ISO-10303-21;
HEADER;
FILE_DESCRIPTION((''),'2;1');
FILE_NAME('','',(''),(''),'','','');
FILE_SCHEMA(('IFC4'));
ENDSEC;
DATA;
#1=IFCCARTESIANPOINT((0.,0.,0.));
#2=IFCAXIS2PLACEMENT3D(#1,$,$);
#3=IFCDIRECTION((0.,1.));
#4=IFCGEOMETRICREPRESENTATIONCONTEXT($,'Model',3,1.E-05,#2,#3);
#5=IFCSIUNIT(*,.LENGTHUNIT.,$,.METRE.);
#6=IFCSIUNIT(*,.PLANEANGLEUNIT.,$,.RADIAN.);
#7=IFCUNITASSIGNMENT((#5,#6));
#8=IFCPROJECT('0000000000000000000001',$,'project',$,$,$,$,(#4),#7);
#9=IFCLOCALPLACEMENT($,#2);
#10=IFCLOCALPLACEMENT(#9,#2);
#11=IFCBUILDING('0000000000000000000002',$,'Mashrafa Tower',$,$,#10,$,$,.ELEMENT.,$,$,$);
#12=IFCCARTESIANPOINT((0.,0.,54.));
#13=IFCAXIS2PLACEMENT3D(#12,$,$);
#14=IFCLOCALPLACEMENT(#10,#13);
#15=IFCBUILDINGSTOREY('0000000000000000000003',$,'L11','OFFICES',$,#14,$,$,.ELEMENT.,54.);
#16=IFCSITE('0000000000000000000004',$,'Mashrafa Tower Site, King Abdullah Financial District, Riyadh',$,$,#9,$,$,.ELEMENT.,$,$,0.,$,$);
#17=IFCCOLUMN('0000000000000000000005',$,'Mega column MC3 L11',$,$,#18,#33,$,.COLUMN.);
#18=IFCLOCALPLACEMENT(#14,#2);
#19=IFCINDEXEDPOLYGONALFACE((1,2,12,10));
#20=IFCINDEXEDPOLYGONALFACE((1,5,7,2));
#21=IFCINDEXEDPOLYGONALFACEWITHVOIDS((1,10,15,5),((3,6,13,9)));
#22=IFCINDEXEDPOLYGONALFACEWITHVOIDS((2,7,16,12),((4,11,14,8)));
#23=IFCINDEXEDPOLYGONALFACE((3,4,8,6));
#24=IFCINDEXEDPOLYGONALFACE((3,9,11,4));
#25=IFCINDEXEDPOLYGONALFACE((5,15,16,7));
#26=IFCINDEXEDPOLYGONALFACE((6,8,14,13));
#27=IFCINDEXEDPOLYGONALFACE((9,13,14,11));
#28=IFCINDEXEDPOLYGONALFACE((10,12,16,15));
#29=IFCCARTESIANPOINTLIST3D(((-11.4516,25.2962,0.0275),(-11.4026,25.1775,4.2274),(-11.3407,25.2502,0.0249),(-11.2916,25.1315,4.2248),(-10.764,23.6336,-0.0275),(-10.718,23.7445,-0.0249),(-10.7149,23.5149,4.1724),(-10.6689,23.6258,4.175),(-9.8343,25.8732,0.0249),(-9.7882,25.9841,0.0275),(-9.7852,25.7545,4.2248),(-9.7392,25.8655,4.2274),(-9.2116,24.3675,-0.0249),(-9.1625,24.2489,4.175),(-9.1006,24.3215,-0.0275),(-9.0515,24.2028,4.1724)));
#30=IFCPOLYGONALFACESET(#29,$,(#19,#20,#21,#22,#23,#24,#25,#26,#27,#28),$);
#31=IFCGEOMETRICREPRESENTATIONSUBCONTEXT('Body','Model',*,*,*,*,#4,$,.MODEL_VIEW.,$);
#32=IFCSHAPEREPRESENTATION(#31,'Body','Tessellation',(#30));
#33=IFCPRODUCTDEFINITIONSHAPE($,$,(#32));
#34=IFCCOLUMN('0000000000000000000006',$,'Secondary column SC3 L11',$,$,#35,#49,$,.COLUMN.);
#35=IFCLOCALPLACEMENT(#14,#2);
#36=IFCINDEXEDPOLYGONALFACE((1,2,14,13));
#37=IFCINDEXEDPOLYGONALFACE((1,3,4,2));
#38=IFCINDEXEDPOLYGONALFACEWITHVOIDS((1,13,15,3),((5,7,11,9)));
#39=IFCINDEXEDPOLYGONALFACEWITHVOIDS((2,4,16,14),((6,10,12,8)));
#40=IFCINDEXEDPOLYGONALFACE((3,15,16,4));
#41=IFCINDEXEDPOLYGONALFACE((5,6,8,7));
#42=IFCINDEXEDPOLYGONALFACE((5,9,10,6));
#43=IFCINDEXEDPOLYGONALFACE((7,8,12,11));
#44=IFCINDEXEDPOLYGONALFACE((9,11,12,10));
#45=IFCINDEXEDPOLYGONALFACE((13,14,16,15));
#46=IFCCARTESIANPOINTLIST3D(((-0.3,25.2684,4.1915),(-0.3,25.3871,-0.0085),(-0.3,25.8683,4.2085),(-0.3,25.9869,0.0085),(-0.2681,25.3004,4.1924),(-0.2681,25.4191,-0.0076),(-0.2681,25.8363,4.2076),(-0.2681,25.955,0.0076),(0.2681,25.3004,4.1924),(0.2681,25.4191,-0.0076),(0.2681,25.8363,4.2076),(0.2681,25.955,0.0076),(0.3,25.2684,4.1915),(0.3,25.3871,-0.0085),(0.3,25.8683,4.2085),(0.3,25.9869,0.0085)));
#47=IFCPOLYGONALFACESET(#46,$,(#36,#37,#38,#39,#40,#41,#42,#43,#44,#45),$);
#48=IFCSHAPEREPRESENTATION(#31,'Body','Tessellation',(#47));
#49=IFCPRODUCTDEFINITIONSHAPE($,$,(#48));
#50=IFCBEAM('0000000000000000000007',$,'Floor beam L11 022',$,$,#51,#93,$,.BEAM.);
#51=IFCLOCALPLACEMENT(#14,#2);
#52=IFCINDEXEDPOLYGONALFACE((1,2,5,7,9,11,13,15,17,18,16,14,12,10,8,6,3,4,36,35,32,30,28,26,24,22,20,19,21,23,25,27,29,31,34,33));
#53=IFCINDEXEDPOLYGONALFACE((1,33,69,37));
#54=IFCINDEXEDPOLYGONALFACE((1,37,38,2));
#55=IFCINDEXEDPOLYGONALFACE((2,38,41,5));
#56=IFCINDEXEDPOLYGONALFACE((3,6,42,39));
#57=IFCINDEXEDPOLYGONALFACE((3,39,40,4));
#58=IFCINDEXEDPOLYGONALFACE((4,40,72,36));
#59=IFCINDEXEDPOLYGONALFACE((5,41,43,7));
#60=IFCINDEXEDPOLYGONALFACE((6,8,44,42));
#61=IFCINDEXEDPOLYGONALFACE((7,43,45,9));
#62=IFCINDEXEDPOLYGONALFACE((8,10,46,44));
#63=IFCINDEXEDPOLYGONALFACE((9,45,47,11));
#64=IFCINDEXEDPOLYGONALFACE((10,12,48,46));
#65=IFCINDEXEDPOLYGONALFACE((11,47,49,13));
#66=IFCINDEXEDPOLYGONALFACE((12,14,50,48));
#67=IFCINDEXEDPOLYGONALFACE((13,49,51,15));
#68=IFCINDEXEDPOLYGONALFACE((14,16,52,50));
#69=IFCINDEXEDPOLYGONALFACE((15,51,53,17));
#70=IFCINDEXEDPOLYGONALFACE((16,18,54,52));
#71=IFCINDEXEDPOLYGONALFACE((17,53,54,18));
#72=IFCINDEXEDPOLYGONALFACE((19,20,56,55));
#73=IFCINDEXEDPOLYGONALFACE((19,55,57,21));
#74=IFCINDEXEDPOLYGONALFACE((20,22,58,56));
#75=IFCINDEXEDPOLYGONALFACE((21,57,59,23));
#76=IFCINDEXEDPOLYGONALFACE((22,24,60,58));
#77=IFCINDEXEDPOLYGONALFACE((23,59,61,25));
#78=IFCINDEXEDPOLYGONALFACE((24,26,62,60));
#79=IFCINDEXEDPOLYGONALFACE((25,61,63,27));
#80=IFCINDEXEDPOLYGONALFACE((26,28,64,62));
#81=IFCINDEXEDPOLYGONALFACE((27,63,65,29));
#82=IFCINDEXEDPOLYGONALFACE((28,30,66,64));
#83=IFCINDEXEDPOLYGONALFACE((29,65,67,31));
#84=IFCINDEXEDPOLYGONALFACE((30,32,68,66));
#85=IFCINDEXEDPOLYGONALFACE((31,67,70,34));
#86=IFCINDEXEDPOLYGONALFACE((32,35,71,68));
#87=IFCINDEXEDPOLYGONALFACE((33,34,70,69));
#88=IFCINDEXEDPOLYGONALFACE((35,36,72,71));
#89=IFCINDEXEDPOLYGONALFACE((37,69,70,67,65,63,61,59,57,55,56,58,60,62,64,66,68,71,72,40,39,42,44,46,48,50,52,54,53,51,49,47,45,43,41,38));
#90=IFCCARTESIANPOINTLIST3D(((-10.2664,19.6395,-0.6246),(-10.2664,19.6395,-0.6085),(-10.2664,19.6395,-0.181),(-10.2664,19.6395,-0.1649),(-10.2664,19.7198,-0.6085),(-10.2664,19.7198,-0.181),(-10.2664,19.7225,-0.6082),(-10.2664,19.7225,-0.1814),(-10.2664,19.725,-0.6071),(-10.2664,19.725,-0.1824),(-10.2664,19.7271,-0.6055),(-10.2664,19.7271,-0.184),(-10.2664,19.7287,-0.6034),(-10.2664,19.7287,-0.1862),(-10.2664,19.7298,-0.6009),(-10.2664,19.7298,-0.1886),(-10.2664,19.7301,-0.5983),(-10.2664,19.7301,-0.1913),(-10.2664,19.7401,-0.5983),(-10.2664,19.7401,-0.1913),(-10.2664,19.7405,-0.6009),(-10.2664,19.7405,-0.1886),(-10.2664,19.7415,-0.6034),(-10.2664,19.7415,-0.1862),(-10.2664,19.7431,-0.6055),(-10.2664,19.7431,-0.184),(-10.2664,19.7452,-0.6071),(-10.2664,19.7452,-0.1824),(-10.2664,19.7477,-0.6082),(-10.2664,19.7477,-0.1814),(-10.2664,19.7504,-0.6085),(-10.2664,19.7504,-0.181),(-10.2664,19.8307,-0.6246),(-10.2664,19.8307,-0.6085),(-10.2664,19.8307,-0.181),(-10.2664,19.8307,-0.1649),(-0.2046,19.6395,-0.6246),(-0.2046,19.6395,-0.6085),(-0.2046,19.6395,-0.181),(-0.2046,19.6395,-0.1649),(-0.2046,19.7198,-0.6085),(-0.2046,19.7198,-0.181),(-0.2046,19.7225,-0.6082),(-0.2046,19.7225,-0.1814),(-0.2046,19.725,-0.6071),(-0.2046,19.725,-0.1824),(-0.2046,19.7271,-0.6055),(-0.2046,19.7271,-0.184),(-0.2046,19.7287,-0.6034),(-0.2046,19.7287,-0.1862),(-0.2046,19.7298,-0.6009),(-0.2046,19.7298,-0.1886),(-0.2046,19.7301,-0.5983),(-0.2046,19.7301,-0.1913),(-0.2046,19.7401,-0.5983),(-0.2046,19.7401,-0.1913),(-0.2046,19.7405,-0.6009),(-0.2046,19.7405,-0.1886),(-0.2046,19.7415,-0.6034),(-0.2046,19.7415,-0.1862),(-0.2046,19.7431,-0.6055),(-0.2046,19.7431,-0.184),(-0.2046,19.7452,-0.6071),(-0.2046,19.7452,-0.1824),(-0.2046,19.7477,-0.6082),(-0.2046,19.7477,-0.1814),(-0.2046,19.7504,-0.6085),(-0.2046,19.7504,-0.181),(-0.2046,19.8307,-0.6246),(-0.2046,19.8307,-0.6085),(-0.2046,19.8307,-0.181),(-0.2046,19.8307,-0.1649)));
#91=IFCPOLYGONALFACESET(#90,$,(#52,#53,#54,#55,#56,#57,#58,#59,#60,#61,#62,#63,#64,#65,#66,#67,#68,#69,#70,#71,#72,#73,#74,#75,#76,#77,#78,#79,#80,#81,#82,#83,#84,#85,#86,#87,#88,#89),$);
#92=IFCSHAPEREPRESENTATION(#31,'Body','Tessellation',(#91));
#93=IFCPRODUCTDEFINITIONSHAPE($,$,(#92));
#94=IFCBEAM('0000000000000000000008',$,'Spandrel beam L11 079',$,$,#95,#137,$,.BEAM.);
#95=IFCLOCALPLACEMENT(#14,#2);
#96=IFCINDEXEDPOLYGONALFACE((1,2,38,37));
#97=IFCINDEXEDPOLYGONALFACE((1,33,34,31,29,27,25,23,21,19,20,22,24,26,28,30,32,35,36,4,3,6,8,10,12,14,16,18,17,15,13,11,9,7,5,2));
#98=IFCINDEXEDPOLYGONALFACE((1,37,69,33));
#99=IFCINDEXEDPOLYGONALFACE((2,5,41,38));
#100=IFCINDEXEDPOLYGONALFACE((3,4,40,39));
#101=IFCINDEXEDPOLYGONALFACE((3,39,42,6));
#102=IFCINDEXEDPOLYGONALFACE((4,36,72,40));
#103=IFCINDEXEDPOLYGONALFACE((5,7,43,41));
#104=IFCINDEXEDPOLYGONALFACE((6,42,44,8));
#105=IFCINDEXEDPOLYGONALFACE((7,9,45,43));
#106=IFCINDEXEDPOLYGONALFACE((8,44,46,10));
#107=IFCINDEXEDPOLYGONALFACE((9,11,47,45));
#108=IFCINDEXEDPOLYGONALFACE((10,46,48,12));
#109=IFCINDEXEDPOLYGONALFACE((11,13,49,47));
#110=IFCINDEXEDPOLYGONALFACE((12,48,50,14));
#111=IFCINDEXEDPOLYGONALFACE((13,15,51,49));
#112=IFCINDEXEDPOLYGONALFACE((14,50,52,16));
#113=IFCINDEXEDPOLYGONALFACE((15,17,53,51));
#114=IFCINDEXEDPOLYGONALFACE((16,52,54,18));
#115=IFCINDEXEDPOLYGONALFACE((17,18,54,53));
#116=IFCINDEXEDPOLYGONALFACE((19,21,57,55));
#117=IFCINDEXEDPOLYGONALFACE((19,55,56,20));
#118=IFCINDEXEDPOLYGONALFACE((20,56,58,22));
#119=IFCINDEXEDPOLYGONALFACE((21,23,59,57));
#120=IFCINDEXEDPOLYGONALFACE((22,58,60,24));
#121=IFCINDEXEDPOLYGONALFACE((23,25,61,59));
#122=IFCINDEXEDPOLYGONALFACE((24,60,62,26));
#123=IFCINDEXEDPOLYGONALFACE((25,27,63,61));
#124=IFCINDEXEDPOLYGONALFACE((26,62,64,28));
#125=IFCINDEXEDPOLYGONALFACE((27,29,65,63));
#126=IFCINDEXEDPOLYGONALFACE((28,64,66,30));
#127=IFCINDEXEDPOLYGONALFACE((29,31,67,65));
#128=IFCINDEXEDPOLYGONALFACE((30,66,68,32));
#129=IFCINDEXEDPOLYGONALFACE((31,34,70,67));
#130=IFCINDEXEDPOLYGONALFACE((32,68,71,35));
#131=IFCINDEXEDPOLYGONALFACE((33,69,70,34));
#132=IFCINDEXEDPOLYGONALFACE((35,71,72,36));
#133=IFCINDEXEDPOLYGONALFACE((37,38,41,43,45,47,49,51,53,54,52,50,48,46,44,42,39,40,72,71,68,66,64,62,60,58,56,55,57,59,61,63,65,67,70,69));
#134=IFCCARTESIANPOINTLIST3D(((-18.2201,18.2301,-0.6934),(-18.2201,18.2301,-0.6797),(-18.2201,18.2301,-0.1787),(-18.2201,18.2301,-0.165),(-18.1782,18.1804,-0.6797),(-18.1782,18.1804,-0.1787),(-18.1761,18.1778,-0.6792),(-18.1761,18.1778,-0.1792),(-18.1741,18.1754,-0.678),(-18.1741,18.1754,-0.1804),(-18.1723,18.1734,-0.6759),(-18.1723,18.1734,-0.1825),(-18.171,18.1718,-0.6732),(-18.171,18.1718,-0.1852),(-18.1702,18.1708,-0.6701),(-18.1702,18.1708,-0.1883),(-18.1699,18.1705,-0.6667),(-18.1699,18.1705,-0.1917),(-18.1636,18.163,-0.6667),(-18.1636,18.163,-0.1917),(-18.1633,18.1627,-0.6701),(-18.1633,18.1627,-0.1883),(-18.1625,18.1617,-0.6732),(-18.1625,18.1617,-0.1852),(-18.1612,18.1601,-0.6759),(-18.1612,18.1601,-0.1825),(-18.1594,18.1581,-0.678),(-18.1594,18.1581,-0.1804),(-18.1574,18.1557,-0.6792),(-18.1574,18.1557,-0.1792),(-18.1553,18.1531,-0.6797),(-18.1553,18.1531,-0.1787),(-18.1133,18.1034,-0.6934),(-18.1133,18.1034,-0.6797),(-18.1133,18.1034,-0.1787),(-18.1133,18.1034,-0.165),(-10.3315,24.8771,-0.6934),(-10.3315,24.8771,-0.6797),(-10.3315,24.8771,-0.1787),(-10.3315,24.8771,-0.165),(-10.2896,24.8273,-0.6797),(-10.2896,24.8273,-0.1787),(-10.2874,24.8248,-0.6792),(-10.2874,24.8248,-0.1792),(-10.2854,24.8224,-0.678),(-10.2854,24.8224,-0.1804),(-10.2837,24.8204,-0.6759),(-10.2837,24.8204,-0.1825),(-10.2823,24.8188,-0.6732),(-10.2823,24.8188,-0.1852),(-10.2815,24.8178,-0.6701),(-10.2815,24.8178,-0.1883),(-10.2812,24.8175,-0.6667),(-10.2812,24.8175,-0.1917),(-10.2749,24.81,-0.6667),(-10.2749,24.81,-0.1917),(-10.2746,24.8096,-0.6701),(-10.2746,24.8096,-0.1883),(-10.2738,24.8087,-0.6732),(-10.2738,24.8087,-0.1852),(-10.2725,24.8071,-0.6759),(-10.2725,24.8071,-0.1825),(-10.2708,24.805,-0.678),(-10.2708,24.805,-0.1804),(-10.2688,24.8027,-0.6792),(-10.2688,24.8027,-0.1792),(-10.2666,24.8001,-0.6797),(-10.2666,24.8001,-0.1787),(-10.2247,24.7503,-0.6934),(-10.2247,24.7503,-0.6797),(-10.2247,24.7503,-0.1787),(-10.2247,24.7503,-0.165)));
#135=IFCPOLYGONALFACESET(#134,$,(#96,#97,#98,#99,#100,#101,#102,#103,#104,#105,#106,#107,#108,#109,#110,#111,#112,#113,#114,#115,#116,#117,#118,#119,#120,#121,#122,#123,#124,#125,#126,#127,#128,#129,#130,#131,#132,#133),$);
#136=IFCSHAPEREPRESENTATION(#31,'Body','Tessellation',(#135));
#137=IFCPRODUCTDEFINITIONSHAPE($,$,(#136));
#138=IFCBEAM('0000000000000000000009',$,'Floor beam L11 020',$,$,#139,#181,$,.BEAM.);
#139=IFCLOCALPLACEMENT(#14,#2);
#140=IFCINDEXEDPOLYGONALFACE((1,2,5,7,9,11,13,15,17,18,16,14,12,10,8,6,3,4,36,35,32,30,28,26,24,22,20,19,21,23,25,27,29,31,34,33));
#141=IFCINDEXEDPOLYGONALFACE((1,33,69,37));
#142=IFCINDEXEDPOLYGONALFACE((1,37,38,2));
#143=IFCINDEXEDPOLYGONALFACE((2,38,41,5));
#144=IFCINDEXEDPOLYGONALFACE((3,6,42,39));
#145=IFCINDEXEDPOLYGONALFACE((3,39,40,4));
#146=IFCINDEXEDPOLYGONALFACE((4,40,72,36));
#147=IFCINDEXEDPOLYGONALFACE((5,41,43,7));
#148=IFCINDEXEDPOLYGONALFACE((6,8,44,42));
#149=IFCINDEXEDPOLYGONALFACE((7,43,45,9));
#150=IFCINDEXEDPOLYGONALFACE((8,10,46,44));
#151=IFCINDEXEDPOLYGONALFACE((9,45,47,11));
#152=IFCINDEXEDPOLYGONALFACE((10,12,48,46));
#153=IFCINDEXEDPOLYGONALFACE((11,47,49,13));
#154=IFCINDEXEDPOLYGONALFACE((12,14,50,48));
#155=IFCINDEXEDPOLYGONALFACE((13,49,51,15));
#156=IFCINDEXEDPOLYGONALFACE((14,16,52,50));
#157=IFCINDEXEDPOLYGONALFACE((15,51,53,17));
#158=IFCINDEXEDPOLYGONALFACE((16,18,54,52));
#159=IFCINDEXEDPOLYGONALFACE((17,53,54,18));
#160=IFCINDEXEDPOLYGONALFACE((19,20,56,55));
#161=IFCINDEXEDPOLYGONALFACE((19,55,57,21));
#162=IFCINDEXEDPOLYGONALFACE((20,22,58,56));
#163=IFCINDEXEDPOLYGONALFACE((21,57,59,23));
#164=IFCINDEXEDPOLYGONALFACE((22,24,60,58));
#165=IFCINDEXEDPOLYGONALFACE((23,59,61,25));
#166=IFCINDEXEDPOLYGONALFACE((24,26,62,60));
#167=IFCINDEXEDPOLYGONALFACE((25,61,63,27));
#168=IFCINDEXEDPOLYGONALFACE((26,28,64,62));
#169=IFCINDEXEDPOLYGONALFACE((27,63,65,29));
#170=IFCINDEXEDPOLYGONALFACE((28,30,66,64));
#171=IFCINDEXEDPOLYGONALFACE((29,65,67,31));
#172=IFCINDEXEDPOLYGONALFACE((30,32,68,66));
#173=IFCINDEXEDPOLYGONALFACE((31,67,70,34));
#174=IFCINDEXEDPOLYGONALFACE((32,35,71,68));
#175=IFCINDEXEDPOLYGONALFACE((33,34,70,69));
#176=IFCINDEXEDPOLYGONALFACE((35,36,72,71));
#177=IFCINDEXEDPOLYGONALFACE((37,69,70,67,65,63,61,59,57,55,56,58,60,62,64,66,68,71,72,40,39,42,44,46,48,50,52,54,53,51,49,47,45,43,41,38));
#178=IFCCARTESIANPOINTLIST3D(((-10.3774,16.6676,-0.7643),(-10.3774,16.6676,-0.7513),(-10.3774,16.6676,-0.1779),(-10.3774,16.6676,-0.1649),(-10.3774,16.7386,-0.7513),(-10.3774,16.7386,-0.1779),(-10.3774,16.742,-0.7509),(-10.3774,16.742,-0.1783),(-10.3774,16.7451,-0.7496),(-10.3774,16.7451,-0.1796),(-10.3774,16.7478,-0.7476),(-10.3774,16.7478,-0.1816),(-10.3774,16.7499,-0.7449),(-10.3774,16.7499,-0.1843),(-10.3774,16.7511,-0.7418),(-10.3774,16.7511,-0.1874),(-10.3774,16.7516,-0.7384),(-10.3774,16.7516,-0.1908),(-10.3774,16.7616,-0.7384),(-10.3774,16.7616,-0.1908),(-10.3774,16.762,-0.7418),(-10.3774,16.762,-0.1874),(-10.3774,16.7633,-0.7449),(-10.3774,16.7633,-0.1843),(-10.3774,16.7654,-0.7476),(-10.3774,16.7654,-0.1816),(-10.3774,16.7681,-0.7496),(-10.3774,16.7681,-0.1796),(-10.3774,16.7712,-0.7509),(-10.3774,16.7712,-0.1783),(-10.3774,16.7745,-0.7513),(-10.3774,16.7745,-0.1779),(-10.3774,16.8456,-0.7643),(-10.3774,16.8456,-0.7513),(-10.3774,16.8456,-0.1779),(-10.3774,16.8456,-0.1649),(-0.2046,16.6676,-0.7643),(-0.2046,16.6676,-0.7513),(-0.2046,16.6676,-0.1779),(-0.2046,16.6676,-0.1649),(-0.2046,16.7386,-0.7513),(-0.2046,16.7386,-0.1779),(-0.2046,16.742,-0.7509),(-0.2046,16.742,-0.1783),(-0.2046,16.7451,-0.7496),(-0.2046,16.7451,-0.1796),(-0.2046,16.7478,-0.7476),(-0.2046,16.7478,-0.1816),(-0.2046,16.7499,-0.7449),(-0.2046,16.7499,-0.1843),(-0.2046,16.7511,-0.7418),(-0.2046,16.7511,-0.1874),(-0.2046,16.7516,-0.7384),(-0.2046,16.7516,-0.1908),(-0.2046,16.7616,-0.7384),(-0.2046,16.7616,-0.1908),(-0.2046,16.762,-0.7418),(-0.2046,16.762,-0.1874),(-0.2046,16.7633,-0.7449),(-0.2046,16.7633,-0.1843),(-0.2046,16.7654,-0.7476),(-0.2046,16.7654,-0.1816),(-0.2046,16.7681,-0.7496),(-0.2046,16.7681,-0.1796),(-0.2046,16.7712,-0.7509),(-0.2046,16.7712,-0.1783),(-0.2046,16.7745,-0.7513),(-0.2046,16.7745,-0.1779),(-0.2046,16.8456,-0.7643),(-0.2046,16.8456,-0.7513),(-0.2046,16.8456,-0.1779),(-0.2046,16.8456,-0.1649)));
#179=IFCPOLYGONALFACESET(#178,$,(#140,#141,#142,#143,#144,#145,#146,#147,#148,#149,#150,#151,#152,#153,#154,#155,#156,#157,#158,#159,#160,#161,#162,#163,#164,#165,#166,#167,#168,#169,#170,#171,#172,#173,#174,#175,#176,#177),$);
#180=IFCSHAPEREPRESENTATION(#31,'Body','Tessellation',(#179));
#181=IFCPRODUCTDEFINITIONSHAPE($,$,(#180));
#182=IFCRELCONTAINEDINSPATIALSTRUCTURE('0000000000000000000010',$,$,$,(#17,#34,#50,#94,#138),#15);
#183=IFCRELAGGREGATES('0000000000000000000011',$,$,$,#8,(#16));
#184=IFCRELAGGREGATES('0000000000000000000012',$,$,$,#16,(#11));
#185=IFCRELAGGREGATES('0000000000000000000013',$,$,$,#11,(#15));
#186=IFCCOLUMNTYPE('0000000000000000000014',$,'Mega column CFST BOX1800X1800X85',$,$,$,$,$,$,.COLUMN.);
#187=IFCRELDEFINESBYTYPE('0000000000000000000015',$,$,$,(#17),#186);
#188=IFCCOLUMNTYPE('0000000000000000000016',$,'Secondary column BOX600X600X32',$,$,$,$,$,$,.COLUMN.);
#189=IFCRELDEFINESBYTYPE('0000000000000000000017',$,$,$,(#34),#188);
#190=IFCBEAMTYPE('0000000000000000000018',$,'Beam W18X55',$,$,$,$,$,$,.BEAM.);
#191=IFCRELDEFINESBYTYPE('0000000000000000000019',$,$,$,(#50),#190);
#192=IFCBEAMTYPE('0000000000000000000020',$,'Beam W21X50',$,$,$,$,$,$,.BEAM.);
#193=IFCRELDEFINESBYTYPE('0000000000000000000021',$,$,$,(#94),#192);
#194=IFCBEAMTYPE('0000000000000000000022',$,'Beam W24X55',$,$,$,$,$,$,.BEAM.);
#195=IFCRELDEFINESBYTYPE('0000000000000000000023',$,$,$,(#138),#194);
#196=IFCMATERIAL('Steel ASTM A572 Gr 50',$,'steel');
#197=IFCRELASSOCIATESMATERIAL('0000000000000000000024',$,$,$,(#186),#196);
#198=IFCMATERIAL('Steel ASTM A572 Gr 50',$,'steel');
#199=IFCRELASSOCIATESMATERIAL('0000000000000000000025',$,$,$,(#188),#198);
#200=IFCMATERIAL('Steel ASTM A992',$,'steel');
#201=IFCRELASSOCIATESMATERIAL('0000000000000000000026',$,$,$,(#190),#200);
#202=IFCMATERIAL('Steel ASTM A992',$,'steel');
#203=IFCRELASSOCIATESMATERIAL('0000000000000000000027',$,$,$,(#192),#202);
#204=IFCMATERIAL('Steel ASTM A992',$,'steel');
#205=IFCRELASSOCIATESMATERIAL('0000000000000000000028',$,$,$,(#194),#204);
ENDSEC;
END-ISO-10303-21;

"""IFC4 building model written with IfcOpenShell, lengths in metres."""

from ifc_helpers import new_model, si_unit, direction, frame, origin, origin_2d, place, context, subcontext, project, spatial, hollow_rectangle, i_section, extrude, material, material_profile, profile_set, type_object, element, save


model = new_model("IFC4")

# Units and contexts
model_context = context("Model", 3, precision=1e-05, world=origin(), true_north=direction((0.0, 1.0)))
body_context = subcontext(model_context, "Body", "Model", "MODEL_VIEW")
ifc_project = project(units=[si_unit("LENGTHUNIT", "METRE"), si_unit("PLANEANGLEUNIT", "RADIAN")], contexts=[model_context])

# Site, building, storey
site_placement = place(None, origin())
site = spatial("IfcSite", under=ifc_project, at=site_placement, Name="Mashrafa Tower Site, King Abdullah Financial District, Riyadh", CompositionType="ELEMENT", RefElevation=0.0)
building_placement = place(site_placement, origin())
building = spatial("IfcBuilding", under=site, at=building_placement, Name="Mashrafa Tower", CompositionType="ELEMENT")
storey_placement = place(building_placement, frame((0.0, 0.0, 54.0)))
storey = spatial("IfcBuildingStorey", under=building, at=storey_placement, Name="L11", Description="OFFICES", CompositionType="ELEMENT", Elevation=54.0)

# Columns
ifc_material_1 = material(Name="Steel ASTM A572 Gr 50", Category="steel")
ifc_material_profile_1 = material_profile(ifc_material_1, hollow_rectangle(XDim=1.8, YDim=1.8, WallThickness=0.085, at=origin_2d()), Name="BOX1800X1800X85")
ifc_profile_set_1 = profile_set([ifc_material_profile_1], Name="Steel ASTM A572 Gr 50")
column_type_1 = type_object("IfcColumnType", Name="Mega column CFST BOX1800X1800X85", PredefinedType="COLUMN", material=ifc_profile_set_1)
column_1_placement = place(storey_placement, frame((-10.2761, 24.8088, 0.0), z_axis=(0.011679, -0.028238, 0.999533), x_axis=(0.924086, 0.382184, 0.0)))
element("IfcColumn", 1, at=column_1_placement, inside=storey, type_object=column_type_1, Name="Mega column MC3 L11", PredefinedType="COLUMN", context=body_context, shape_type="SweptSolid", body=[
    extrude(hollow_rectangle(XDim=1.8, YDim=1.8, WallThickness=0.085, at=origin_2d()), origin(), (0.0, 0.0, 1.0), 4.2019),
])
ifc_material_2 = material(Name="Steel ASTM A572 Gr 50", Category="steel")
ifc_material_profile_2 = material_profile(ifc_material_2, hollow_rectangle(XDim=0.6001, YDim=0.6001, WallThickness=0.032, at=origin_2d()), Name="BOX600X600X32")
ifc_profile_set_2 = profile_set([ifc_material_profile_2], Name="Steel ASTM A572 Gr 50")
column_type_2 = type_object("IfcColumnType", Name="Secondary column BOX600X600X32", PredefinedType="COLUMN", material=ifc_profile_set_2)
column_2_placement = place(storey_placement, frame((0.0, 25.687, 0.0), z_axis=(0.0, -0.02824, 0.999601), x_axis=(1.0, 0.0, 0.0)))
element("IfcColumn", 2, at=column_2_placement, inside=storey, type_object=column_type_2, Name="Secondary column SC3 L11", PredefinedType="COLUMN", context=body_context, shape_type="SweptSolid", body=[
    extrude(hollow_rectangle(XDim=0.6001, YDim=0.6001, WallThickness=0.032, at=origin_2d()), origin(), (0.0, 0.0, 1.0), 4.2017),
])

# Beams
ifc_material_3 = material(Name="Steel ASTM A992", Category="steel")
ifc_material_profile_3 = material_profile(ifc_material_3, i_section(OverallWidth=0.1912, OverallDepth=0.4597, WebThickness=0.01, FlangeThickness=0.0161, FilletRadius=0.0103, at=origin_2d()), Name="W18X55")
ifc_profile_set_3 = profile_set([ifc_material_profile_3], Name="Steel ASTM A992")
beam_type_1 = type_object("IfcBeamType", Name="Beam W18X55", PredefinedType="BEAM", material=ifc_profile_set_3)
beam_1_placement = place(storey_placement, frame((-10.2664, 19.7351, -0.3948), z_axis=(1.0, 0.0, 0.0), x_axis=(0.0, 1.0, 0.0)))
element("IfcBeam", 3, at=beam_1_placement, inside=storey, type_object=beam_type_1, Name="Floor beam L11 022", PredefinedType="BEAM", context=body_context, shape_type="SweptSolid", body=[
    extrude(i_section(OverallWidth=0.1912, OverallDepth=0.4597, WebThickness=0.01, FlangeThickness=0.0161, FilletRadius=0.0103, at=origin_2d()), origin(), (0.0, 0.0, 1.0), 10.0618),
])
ifc_material_4 = material(Name="Steel ASTM A992", Category="steel")
ifc_material_profile_4 = material_profile(ifc_material_4, i_section(OverallWidth=0.1658, OverallDepth=0.5283, WebThickness=0.0098, FlangeThickness=0.0137, FilletRadius=0.0129, at=origin_2d()), Name="W21X50")
ifc_profile_set_4 = profile_set([ifc_material_profile_4], Name="Steel ASTM A992")
beam_type_2 = type_object("IfcBeamType", Name="Beam W21X50", PredefinedType="BEAM", material=ifc_profile_set_4)
beam_2_placement = place(storey_placement, frame((-10.2781, 24.8137, -0.4292), z_axis=(-0.764726, -0.644356, 0.0), x_axis=(0.644356, -0.764726, 0.0)))
element("IfcBeam", 4, at=beam_2_placement, inside=storey, type_object=beam_type_2, Name="Spandrel beam L11 079", PredefinedType="BEAM", context=body_context, shape_type="SweptSolid", body=[
    extrude(i_section(OverallWidth=0.1658, OverallDepth=0.5283, WebThickness=0.0098, FlangeThickness=0.0137, FilletRadius=0.0129, at=origin_2d()), origin(), (0.0, 0.0, 1.0), 10.3157),
])
ifc_material_5 = material(Name="Steel ASTM A992", Category="steel")
ifc_material_profile_5 = material_profile(ifc_material_5, i_section(OverallWidth=0.178, OverallDepth=0.5994, WebThickness=0.01, FlangeThickness=0.0129, FilletRadius=0.0129, at=origin_2d()), Name="W24X55")
ifc_profile_set_5 = profile_set([ifc_material_profile_5], Name="Steel ASTM A992")
beam_type_3 = type_object("IfcBeamType", Name="Beam W24X55", PredefinedType="BEAM", material=ifc_profile_set_5)
beam_3_placement = place(storey_placement, frame((-10.3774, 16.7566, -0.4646), z_axis=(1.0, 0.0, 0.0), x_axis=(0.0, 1.0, 0.0)))
element("IfcBeam", 5, at=beam_3_placement, inside=storey, type_object=beam_type_3, Name="Floor beam L11 020", PredefinedType="BEAM", context=body_context, shape_type="SweptSolid", body=[
    extrude(i_section(OverallWidth=0.178, OverallDepth=0.5994, WebThickness=0.01, FlangeThickness=0.0129, FilletRadius=0.0129, at=origin_2d()), origin(), (0.0, 0.0, 1.0), 10.1729),
])

save(model, "model.ifc")
